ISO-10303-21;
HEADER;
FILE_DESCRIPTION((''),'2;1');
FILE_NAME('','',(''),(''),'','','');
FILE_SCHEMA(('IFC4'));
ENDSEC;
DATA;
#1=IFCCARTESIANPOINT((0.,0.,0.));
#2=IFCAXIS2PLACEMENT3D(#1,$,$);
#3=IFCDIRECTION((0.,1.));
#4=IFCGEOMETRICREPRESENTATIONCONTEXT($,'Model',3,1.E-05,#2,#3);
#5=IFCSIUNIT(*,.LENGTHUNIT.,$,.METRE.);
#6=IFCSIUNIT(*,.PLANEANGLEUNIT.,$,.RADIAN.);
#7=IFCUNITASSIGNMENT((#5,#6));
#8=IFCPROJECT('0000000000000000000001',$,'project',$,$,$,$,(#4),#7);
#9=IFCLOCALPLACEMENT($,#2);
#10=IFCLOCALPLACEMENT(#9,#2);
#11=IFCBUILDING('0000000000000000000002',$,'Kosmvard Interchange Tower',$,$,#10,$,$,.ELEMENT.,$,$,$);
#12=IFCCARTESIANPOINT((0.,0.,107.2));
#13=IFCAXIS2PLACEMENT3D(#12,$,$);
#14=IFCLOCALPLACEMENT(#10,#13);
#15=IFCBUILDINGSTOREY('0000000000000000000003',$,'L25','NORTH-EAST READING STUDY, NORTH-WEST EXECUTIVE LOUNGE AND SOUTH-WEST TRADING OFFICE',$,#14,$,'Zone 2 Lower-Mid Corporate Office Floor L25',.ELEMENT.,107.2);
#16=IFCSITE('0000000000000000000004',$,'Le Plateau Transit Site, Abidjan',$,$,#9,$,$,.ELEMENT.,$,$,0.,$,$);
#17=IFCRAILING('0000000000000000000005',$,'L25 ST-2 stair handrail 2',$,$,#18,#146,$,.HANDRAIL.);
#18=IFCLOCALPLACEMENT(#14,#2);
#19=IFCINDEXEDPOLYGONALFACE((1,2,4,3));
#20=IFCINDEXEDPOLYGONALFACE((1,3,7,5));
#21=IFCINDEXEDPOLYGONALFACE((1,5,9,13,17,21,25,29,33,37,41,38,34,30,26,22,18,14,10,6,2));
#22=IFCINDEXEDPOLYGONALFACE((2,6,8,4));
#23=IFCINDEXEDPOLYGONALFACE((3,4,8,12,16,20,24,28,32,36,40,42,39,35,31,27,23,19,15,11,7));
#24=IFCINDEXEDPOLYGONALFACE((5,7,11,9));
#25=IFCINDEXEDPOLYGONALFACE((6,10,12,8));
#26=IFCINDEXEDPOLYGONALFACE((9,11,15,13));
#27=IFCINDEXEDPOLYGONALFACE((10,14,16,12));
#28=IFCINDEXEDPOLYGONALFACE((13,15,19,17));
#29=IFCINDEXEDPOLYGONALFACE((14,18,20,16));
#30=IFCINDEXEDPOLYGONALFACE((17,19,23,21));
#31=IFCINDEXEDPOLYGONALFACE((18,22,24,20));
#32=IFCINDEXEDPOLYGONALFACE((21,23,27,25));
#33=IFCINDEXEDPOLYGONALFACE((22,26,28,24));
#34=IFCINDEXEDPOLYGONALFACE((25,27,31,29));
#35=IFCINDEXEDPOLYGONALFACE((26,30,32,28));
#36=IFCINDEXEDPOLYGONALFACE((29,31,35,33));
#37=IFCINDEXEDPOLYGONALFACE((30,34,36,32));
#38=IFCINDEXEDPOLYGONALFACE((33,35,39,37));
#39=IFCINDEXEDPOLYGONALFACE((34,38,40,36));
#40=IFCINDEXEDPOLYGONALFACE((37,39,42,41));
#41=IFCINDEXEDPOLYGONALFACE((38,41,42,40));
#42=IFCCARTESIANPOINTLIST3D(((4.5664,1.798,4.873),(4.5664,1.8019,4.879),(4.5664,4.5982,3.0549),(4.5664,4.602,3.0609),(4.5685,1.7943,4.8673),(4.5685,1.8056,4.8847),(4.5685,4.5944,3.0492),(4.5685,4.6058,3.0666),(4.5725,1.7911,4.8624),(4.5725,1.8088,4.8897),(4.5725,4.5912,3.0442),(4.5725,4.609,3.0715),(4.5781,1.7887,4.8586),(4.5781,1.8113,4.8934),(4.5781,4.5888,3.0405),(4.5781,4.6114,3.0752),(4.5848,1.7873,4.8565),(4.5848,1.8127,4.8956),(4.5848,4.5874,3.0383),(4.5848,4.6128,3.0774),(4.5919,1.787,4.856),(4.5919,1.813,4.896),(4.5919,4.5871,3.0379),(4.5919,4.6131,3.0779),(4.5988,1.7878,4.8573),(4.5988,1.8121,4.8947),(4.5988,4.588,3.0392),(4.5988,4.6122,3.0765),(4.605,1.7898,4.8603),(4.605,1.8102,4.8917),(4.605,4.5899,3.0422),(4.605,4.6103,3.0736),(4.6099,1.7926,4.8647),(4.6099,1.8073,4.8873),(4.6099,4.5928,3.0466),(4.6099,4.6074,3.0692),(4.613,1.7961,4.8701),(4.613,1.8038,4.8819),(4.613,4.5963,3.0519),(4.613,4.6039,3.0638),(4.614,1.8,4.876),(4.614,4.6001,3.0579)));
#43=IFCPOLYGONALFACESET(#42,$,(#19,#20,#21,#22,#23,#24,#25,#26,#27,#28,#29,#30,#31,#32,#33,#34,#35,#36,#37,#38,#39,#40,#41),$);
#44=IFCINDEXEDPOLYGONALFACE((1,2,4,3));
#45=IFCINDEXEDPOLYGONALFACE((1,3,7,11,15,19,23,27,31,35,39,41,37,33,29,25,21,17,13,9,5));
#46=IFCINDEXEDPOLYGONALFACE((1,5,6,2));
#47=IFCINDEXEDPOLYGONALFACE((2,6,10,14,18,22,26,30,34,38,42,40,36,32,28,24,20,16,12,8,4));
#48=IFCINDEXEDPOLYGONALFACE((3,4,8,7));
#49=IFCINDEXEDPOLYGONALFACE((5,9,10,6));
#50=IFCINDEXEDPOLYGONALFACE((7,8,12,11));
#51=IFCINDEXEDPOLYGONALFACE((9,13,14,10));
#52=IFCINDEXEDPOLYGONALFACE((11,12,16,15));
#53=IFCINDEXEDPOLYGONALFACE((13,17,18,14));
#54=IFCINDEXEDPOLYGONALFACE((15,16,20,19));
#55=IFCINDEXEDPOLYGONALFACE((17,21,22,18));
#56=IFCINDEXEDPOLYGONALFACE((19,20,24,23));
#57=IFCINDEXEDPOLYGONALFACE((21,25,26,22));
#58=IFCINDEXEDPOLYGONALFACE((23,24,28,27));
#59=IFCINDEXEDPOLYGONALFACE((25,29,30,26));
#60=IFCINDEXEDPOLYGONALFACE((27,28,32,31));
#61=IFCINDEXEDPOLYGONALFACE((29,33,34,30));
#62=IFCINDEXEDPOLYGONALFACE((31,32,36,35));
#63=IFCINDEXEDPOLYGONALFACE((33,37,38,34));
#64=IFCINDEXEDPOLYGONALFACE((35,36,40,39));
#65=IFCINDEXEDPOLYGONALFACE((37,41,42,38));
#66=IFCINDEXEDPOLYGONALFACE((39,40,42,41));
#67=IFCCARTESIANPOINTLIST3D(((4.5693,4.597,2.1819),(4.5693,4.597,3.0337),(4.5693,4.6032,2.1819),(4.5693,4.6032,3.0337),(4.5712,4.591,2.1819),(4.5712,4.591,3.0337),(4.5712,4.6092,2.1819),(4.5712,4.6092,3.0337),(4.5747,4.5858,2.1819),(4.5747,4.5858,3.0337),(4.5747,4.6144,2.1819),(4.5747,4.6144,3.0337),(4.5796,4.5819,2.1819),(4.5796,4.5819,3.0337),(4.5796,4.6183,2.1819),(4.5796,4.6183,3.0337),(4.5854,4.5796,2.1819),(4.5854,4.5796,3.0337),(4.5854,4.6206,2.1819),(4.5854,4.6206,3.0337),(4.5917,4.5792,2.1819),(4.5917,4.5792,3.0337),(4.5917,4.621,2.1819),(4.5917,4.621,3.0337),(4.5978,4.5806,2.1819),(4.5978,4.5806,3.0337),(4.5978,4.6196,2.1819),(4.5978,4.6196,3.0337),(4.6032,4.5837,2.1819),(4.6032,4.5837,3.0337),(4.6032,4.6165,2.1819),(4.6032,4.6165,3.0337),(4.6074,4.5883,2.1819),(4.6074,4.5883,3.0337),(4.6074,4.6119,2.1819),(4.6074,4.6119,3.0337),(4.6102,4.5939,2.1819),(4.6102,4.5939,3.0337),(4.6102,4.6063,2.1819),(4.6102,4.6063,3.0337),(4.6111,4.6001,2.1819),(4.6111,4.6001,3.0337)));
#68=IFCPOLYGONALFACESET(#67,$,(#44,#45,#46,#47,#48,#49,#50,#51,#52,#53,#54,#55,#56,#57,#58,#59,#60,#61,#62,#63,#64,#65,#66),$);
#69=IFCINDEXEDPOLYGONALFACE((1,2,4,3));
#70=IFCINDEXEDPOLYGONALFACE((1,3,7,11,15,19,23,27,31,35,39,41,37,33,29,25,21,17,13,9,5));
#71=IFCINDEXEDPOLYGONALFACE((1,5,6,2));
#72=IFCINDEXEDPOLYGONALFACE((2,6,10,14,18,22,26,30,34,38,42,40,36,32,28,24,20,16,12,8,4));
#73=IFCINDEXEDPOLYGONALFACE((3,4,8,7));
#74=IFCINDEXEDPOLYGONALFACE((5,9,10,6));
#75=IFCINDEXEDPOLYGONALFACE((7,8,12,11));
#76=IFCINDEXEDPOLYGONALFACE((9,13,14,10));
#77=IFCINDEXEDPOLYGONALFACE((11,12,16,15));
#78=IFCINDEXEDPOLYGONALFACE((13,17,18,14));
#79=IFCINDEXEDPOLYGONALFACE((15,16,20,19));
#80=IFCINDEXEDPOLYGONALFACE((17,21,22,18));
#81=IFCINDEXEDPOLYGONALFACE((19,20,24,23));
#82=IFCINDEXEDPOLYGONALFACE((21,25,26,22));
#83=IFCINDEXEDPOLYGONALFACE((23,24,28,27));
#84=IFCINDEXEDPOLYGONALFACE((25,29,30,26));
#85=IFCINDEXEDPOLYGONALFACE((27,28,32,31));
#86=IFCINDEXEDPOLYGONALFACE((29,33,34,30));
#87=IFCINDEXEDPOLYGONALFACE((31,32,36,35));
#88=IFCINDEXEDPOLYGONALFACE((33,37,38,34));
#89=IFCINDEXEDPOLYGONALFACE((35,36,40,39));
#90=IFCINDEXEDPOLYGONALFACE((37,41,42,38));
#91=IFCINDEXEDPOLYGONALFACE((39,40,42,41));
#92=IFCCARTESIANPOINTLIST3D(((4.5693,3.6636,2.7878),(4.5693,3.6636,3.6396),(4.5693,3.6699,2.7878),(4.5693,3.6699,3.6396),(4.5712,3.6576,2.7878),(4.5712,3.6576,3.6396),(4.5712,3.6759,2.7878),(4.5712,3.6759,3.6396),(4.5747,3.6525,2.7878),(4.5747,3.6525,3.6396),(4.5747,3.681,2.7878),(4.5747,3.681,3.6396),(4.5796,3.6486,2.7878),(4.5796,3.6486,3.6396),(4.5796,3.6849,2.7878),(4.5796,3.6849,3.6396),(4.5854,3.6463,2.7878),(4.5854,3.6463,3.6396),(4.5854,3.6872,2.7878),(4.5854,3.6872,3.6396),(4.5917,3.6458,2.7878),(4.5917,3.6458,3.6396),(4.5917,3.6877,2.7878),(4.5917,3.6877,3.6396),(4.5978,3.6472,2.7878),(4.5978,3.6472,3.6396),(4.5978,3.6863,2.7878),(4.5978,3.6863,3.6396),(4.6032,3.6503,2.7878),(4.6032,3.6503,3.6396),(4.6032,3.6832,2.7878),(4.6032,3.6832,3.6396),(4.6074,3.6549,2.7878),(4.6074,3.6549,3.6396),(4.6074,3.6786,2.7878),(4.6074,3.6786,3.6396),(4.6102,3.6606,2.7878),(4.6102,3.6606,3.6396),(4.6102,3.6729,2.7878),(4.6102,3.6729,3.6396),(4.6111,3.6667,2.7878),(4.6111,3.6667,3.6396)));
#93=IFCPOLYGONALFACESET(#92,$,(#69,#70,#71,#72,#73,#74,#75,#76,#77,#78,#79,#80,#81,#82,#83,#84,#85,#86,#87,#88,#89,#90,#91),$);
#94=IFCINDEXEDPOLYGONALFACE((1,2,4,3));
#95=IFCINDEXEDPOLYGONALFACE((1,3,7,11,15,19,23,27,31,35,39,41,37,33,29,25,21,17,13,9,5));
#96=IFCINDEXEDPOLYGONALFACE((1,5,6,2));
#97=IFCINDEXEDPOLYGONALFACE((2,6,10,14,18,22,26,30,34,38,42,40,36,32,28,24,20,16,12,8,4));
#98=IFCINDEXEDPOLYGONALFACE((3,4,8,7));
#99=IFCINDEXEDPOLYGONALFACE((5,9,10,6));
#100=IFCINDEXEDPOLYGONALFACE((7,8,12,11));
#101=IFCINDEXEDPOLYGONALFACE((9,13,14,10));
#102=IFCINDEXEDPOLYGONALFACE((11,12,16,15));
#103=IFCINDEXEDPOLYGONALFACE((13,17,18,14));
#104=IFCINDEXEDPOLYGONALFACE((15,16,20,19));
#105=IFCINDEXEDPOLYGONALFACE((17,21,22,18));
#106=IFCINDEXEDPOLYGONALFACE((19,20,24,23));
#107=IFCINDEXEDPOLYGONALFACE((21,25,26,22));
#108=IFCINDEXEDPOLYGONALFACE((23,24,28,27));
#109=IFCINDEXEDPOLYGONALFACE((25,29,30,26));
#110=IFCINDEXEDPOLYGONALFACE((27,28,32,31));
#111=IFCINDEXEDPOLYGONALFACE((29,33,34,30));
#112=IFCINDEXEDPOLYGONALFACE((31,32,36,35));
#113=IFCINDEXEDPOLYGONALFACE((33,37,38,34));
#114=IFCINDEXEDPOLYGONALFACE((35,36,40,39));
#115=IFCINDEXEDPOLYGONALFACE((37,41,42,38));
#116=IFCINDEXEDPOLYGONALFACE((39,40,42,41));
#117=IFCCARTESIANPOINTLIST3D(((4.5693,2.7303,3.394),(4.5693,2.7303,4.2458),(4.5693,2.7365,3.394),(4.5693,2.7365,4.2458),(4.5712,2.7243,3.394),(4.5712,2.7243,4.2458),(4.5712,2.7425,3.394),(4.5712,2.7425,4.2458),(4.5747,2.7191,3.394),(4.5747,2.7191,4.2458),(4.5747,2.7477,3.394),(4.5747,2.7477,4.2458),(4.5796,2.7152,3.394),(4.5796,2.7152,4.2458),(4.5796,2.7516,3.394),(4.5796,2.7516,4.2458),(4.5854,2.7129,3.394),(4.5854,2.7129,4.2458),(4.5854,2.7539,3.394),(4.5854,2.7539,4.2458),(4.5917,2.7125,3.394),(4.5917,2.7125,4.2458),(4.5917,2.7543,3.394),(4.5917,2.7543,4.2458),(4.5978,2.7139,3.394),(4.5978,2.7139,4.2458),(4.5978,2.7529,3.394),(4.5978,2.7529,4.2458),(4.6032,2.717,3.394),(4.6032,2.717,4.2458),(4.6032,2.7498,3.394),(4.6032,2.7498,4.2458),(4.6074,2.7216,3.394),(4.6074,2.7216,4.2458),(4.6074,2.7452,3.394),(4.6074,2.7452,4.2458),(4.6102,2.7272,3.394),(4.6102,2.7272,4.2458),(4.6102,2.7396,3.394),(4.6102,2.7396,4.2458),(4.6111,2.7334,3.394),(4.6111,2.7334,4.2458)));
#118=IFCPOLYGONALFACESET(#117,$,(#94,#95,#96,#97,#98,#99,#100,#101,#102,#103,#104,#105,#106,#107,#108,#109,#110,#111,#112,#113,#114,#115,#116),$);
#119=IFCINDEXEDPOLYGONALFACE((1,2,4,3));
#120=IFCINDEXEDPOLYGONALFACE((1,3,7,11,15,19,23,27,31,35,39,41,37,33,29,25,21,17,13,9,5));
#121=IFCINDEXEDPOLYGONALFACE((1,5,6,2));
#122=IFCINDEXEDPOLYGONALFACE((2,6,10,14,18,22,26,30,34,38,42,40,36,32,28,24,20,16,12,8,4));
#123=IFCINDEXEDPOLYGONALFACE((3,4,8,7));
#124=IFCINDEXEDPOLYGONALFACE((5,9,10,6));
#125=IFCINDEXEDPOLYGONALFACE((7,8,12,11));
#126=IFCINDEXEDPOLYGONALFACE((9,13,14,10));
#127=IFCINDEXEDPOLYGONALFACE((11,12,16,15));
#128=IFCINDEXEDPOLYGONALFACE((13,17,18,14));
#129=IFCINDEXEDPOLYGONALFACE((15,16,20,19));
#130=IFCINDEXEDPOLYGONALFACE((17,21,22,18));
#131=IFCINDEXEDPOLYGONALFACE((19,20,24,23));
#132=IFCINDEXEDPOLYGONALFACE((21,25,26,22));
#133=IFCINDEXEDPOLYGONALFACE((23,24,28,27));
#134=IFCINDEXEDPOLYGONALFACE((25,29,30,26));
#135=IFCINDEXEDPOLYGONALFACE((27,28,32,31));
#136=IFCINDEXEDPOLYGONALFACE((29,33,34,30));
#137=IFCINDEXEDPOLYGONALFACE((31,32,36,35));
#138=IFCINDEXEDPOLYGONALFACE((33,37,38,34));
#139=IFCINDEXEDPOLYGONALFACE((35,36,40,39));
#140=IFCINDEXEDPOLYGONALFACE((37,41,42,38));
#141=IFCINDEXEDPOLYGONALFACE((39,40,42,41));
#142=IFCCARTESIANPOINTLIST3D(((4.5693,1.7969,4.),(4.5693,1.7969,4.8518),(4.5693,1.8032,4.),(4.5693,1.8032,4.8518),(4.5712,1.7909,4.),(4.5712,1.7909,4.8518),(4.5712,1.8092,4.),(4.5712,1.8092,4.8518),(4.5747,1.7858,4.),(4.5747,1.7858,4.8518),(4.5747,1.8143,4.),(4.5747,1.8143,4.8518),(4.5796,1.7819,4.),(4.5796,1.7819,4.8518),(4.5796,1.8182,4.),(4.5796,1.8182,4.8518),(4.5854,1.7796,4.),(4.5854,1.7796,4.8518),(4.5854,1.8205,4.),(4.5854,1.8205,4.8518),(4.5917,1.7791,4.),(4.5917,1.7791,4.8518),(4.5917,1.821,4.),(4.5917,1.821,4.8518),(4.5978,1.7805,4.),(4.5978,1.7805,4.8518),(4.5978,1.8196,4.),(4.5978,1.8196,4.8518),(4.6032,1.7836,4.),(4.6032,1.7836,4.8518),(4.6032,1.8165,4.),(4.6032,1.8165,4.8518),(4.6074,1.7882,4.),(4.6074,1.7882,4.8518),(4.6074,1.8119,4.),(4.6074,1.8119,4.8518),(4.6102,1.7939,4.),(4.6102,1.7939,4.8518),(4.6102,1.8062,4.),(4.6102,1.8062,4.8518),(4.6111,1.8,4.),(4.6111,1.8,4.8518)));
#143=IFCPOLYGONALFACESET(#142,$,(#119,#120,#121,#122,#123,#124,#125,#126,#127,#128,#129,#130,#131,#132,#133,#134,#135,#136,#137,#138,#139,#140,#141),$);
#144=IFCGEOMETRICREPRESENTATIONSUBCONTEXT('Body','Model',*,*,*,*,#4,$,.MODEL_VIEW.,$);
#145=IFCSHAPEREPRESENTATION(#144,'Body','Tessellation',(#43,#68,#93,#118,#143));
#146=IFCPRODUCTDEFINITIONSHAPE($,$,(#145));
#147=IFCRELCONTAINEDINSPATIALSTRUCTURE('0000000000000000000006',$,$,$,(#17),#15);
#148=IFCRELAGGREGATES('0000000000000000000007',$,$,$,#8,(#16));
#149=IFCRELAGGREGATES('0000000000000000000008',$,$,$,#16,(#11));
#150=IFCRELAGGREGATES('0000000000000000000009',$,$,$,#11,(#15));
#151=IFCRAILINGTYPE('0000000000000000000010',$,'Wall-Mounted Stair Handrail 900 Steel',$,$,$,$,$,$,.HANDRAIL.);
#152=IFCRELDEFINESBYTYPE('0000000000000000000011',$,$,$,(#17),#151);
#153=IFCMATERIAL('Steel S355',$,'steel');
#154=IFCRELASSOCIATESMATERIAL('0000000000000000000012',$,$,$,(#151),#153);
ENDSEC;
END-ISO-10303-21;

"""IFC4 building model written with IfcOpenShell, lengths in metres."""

from ifc_helpers import new_model, si_unit, direction, frame, origin, origin_2d, place, context, subcontext, project, spatial, circle, extrude, source, transform, mapped, material, type_object, element, save


model = new_model("IFC4")

# Units and contexts
model_context = context("Model", 3, precision=1e-05, world=origin(), true_north=direction((0.0, 1.0)))
body_context = subcontext(model_context, "Body", "Model", "MODEL_VIEW")
ifc_project = project(units=[si_unit("LENGTHUNIT", "METRE"), si_unit("PLANEANGLEUNIT", "RADIAN")], contexts=[model_context])

# Site, building, storey
site_placement = place(None, origin())
site = spatial("IfcSite", under=ifc_project, at=site_placement, Name="Le Plateau Transit Site, Abidjan", CompositionType="ELEMENT", RefElevation=0.0)
building_placement = place(site_placement, origin())
building = spatial("IfcBuilding", under=site, at=building_placement, Name="Kosmvard Interchange Tower", CompositionType="ELEMENT")
storey_placement = place(building_placement, frame((0.0, 0.0, 107.2)))
storey = spatial("IfcBuildingStorey", under=building, at=storey_placement, Name="L25", Description="NORTH-EAST READING STUDY, NORTH-WEST EXECUTIVE LOUNGE AND SOUTH-WEST TRADING OFFICE", LongName="Zone 2 Lower-Mid Corporate Office Floor L25", CompositionType="ELEMENT", Elevation=107.2)

# Shared definitions
ifc_material_1 = material(Name="Steel S355", Category="steel")

# Railing
railing_type_1 = type_object("IfcRailingType", Name="Wall-Mounted Stair Handrail 900 Steel", PredefinedType="HANDRAIL", material=ifc_material_1)
shared_shape_1 = source(origin(), body_context, "Body", "SweptSolid", [
    extrude(circle(Radius=0.0239, at=origin_2d()), frame((0.0, 0.0, 0.876), z_axis=(0.0, -0.838706, 0.544585), x_axis=(1.0, 0.0, 0.0)), (0.0, 0.0, 1.0), 3.3386),
    extrude(circle(Radius=0.021, at=origin_2d()), origin(), (0.0, 0.0, 1.0), 0.8518),
    extrude(circle(Radius=0.021, at=origin_2d()), frame((0.0, -0.9333, 0.606)), (0.0, 0.0, 1.0), 0.8518),
    extrude(circle(Radius=0.021, at=origin_2d()), frame((0.0, -1.8667, 1.2122)), (0.0, 0.0, 1.0), 0.8518),
    extrude(circle(Radius=0.021, at=origin_2d()), frame((0.0, -2.8, 1.8181)), (0.0, 0.0, 1.0), 0.8518),
])
railing_1_placement = place(storey_placement, frame((4.5901, 4.6001, 2.1819)))
element("IfcRailing", 1, at=railing_1_placement, inside=storey, type_object=railing_type_1, Name="L25 ST-2 stair handrail 2", PredefinedType="HANDRAIL", context=body_context, shape_type="MappedRepresentation", body=[
    mapped(shared_shape_1, transform((0.0, 0.0, 0.0), scale=1.0)),
])

save(model, "model.ifc")
